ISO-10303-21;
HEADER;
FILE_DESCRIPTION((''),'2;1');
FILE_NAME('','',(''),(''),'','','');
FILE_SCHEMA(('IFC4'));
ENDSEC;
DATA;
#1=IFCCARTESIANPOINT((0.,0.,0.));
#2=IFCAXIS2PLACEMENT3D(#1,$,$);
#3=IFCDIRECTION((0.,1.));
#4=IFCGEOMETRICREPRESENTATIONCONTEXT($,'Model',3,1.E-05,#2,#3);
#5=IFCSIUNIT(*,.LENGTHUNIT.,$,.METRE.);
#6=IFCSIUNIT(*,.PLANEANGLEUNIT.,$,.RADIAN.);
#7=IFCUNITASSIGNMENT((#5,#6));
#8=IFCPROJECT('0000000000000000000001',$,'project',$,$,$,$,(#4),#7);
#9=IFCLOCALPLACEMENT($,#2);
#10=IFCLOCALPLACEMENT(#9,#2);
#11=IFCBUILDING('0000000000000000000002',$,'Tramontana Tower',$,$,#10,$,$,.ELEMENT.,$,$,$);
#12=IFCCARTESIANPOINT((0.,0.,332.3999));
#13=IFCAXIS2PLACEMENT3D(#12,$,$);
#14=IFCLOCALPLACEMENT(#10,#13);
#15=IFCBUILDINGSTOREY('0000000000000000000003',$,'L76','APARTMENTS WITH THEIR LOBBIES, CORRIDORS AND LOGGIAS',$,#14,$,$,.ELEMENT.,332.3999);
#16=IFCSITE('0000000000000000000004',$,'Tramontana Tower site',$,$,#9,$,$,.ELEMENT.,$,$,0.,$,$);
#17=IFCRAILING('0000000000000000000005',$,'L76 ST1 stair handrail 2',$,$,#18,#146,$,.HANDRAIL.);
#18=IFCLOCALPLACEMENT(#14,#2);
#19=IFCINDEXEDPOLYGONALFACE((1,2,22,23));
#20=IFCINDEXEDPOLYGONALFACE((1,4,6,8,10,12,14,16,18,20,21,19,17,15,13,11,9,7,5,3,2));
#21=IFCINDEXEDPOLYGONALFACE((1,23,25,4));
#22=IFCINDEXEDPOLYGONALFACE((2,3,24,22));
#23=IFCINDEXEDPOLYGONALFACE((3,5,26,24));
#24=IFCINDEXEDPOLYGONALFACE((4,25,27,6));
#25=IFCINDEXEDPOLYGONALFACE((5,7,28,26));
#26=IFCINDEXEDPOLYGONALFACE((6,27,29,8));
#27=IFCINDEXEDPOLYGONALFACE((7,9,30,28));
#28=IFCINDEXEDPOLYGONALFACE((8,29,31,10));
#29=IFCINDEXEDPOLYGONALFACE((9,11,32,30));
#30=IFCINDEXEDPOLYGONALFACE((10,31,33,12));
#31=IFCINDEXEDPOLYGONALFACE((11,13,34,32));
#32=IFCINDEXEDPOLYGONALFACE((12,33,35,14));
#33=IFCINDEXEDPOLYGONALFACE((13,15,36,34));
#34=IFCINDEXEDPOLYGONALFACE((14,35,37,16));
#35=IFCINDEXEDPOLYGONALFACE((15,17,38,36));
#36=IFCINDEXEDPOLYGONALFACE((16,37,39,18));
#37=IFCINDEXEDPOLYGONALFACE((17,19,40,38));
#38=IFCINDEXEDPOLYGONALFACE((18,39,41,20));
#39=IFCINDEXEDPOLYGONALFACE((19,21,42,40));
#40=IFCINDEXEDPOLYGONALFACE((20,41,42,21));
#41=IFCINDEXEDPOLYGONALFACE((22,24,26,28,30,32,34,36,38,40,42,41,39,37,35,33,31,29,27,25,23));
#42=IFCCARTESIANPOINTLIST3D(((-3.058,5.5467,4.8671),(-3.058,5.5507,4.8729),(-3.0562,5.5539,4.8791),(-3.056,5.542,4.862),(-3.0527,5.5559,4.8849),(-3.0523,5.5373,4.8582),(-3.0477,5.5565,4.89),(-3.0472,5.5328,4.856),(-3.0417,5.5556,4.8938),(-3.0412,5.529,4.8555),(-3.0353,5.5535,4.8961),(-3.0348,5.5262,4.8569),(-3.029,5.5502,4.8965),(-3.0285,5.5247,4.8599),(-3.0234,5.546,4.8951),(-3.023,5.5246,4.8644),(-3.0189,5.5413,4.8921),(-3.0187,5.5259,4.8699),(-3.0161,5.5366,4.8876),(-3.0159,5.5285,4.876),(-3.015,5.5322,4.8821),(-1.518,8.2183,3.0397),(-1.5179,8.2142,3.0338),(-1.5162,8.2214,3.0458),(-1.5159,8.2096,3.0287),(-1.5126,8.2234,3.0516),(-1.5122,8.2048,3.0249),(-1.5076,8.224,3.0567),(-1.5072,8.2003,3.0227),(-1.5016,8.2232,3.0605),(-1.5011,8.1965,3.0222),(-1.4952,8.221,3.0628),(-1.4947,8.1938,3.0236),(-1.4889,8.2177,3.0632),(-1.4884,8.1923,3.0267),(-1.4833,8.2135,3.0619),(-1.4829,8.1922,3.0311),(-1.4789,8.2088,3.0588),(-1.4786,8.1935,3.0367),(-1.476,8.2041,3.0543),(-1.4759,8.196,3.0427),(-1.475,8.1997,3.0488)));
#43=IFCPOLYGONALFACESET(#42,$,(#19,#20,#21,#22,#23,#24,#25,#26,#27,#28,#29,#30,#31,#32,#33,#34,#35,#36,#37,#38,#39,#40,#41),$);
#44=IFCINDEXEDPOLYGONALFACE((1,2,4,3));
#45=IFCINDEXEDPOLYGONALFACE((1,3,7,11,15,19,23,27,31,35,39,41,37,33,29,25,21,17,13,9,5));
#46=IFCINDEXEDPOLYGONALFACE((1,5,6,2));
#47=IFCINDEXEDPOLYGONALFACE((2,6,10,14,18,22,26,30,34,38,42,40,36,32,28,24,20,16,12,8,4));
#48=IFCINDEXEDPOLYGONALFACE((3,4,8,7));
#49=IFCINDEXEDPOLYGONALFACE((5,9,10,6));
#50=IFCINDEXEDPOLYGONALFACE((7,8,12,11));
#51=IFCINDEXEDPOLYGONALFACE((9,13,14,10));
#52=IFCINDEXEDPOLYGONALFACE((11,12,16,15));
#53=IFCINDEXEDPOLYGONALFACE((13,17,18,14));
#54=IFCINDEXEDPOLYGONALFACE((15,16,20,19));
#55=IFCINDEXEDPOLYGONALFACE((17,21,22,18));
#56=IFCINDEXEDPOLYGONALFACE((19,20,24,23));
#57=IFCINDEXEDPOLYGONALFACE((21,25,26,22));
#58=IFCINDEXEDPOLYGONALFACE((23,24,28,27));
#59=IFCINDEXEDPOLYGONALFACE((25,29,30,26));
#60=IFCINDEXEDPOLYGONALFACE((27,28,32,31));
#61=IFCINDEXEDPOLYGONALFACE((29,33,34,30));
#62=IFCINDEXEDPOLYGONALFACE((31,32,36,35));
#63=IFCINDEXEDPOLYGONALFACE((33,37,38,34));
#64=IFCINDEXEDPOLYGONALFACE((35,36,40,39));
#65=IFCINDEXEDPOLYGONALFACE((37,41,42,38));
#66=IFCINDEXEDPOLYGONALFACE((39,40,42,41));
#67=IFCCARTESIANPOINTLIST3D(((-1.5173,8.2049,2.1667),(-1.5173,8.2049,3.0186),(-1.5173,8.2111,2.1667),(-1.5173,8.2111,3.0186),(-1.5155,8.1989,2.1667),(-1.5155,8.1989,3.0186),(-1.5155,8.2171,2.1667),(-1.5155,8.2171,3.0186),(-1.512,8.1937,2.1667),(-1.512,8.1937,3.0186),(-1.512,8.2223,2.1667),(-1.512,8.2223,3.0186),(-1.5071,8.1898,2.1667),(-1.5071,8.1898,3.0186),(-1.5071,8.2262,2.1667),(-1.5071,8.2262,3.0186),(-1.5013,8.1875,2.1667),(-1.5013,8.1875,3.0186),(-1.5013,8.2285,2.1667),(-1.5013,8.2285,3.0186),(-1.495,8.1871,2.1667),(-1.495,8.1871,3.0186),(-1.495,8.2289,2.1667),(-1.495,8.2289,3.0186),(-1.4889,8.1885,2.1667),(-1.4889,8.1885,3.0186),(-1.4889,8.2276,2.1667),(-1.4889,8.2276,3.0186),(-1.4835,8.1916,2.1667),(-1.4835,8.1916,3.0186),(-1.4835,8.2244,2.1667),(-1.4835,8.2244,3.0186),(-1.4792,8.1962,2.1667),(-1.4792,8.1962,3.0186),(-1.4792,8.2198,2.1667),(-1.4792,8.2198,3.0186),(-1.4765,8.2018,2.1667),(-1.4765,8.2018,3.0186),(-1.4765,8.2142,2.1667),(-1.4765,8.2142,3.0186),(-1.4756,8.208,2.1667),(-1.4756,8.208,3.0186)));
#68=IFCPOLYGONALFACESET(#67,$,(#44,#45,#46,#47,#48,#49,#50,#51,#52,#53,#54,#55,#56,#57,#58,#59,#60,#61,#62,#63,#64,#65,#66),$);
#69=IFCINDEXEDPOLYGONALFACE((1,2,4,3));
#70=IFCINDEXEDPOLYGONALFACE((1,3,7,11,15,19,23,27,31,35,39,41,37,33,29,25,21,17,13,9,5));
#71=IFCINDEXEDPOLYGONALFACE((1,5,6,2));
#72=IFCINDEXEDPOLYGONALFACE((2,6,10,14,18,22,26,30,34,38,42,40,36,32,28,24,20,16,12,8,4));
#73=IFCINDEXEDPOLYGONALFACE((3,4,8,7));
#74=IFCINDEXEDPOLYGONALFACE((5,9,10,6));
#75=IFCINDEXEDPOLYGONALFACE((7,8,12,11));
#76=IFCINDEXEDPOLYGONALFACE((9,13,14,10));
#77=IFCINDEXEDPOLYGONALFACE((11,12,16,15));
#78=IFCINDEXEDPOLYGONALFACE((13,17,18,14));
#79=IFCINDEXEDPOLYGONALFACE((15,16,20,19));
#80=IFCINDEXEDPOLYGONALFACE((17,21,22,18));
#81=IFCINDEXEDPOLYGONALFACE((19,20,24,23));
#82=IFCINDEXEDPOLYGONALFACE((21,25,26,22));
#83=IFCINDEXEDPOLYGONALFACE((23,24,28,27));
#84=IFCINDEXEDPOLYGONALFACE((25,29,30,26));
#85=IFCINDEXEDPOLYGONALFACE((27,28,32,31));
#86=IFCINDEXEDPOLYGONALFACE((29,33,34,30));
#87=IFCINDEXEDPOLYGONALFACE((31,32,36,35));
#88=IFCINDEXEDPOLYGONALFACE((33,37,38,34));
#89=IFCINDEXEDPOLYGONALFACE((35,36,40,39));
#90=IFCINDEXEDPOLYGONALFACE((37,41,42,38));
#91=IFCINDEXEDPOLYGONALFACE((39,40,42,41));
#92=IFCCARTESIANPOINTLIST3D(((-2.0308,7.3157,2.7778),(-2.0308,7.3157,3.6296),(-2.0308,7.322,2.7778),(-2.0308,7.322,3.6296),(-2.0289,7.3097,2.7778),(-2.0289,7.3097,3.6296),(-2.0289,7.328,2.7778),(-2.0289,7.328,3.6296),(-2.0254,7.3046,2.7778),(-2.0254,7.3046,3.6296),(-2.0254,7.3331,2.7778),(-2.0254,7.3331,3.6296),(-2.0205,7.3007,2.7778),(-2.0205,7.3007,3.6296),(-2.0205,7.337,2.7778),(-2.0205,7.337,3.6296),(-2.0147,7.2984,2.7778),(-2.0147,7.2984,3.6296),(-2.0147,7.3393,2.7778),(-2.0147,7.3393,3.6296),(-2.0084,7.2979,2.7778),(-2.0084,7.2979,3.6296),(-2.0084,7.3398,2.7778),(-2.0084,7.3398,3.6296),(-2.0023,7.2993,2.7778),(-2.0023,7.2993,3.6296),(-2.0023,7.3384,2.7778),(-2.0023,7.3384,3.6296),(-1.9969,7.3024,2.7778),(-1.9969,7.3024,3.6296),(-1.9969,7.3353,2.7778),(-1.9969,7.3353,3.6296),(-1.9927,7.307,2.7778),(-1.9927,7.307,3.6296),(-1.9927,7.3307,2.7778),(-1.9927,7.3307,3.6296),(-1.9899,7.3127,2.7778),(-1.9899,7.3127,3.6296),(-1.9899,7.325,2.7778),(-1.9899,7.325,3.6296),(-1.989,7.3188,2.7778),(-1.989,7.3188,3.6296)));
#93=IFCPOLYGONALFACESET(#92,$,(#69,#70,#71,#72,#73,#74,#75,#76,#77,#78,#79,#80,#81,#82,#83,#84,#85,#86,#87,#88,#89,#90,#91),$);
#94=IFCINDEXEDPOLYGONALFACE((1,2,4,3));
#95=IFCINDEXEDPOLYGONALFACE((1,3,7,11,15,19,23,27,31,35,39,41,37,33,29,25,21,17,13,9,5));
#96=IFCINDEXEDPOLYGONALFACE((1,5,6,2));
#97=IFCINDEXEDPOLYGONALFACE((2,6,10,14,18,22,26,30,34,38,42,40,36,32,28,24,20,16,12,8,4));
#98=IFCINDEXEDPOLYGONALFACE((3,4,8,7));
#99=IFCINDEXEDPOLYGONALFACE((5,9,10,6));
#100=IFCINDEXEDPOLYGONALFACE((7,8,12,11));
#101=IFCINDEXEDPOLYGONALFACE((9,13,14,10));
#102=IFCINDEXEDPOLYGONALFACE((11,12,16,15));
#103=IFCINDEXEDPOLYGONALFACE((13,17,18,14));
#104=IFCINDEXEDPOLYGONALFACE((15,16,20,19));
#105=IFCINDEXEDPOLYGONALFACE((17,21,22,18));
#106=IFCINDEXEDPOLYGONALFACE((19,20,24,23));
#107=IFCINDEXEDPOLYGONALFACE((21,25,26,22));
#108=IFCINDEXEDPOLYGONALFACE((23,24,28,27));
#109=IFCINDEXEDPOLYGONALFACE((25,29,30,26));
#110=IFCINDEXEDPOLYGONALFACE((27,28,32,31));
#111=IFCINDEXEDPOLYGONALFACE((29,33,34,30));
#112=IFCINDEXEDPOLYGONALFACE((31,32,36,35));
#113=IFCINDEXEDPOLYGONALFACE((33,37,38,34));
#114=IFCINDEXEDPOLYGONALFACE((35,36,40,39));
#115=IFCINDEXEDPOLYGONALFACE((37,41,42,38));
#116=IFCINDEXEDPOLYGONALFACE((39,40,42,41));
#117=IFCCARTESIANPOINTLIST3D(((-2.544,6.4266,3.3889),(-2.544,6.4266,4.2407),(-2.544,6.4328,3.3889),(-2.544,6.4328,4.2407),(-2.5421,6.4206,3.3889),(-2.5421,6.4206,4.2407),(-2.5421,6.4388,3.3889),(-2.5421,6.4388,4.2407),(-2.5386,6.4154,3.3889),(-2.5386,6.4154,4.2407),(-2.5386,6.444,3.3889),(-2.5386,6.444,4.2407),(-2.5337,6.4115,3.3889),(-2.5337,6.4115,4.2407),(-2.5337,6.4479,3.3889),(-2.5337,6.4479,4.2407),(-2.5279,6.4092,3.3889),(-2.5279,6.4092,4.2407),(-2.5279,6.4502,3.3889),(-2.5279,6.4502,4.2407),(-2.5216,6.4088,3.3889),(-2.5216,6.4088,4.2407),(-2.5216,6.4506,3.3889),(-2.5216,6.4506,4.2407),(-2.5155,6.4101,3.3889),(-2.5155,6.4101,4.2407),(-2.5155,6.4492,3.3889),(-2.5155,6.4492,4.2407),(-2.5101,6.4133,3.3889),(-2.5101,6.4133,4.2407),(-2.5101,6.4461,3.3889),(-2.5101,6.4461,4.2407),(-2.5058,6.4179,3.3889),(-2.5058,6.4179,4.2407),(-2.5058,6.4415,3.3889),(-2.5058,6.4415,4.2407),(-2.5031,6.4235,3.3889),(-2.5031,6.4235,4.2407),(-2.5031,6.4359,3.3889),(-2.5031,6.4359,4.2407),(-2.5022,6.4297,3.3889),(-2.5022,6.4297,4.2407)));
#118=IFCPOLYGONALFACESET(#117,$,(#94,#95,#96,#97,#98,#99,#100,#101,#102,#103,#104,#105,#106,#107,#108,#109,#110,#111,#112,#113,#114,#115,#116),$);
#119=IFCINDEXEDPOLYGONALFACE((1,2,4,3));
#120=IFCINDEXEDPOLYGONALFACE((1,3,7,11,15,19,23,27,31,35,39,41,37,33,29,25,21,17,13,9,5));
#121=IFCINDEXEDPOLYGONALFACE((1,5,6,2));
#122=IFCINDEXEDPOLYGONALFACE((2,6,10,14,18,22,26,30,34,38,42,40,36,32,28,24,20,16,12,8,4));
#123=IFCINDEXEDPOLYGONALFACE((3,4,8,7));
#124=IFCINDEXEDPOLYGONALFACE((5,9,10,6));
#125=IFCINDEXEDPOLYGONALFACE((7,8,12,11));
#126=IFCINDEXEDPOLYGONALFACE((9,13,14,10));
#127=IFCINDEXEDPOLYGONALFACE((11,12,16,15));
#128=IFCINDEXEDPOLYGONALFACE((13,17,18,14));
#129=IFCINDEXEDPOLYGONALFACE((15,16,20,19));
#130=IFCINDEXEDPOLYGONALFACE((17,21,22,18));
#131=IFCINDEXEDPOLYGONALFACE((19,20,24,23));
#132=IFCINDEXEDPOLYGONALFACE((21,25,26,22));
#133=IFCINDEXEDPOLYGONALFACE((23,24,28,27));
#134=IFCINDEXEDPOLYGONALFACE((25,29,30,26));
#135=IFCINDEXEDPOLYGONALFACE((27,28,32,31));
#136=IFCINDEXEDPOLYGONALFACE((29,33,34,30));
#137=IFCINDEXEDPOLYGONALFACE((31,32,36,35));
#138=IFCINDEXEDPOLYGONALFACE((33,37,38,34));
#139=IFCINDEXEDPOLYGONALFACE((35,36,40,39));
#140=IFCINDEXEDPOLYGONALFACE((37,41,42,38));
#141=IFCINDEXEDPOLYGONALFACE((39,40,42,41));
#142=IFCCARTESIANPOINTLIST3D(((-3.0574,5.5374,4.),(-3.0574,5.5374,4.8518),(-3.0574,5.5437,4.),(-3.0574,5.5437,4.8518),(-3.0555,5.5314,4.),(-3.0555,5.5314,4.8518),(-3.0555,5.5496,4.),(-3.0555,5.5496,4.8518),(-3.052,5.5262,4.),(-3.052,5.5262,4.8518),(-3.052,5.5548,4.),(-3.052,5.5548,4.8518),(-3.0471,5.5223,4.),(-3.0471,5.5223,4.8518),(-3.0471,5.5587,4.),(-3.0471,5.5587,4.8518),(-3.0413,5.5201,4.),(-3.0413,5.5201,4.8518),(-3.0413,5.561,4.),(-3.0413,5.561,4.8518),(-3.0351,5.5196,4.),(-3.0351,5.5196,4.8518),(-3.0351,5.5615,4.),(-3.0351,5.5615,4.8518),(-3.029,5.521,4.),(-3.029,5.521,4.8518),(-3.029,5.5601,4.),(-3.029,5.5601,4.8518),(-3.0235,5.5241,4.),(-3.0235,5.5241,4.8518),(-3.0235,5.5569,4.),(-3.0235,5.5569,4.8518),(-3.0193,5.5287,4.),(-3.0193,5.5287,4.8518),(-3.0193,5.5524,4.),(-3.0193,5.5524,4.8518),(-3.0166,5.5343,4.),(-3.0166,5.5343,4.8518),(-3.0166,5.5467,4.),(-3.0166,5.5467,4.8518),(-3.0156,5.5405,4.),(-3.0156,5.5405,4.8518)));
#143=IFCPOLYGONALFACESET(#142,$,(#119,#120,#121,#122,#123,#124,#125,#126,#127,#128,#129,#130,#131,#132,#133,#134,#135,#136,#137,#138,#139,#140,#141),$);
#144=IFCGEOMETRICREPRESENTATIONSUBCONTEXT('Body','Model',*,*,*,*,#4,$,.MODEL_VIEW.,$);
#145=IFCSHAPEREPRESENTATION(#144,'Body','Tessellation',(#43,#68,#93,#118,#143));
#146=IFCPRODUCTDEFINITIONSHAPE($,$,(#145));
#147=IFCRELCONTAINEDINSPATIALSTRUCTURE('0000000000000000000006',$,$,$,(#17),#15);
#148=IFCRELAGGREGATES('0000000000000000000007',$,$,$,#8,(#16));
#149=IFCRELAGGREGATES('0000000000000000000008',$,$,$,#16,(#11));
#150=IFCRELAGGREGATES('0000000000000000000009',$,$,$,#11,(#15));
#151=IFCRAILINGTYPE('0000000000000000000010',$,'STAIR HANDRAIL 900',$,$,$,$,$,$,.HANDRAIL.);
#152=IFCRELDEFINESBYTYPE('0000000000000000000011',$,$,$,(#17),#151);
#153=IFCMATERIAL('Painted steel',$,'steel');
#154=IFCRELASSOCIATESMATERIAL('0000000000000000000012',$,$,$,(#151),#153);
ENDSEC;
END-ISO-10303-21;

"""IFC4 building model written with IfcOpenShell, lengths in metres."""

from ifc_helpers import new_model, si_unit, direction, frame, origin, origin_2d, place, context, subcontext, project, spatial, circle, extrude, material, type_object, element, save


model = new_model("IFC4")

# Units and contexts
model_context = context("Model", 3, precision=1e-05, world=origin(), true_north=direction((0.0, 1.0)))
body_context = subcontext(model_context, "Body", "Model", "MODEL_VIEW")
ifc_project = project(units=[si_unit("LENGTHUNIT", "METRE"), si_unit("PLANEANGLEUNIT", "RADIAN")], contexts=[model_context])

# Site, building, storey
site_placement = place(None, origin())
site = spatial("IfcSite", under=ifc_project, at=site_placement, Name="Tramontana Tower site", CompositionType="ELEMENT", RefElevation=0.0)
building_placement = place(site_placement, origin())
building = spatial("IfcBuilding", under=site, at=building_placement, Name="Tramontana Tower", CompositionType="ELEMENT")
storey_placement = place(building_placement, frame((0.0, 0.0, 332.3999)))
storey = spatial("IfcBuildingStorey", under=building, at=storey_placement, Name="L76", Description="APARTMENTS WITH THEIR LOBBIES, CORRIDORS AND LOGGIAS", CompositionType="ELEMENT", Elevation=332.3999)

# Railing
ifc_material_1 = material(Name="Painted steel", Category="steel")
railing_type_1 = type_object("IfcRailingType", Name="STAIR HANDRAIL 900", PredefinedType="HANDRAIL", material=ifc_material_1)
railing_1_placement = place(storey_placement, frame((-1.4966, 8.208, 2.1667)))
element("IfcRailing", 1, at=railing_1_placement, inside=storey, type_object=railing_type_1, Name="L76 ST1 stair handrail 2", PredefinedType="HANDRAIL", context=body_context, shape_type="SweptSolid", body=[
    extrude(circle(Radius=0.0239, at=origin_2d()), frame((0.0, 0.0, 0.876), z_axis=(-0.429649, -0.74419, 0.511452), x_axis=(0.86603, -0.499992, 0.0)), (0.0, 0.0, 1.0), 3.5845),
    extrude(circle(Radius=0.021, at=origin_2d()), origin(), (0.0, 0.0, 1.0), 0.8518),
    extrude(circle(Radius=0.021, at=origin_2d()), frame((-0.5134, -0.8892, 0.6111)), (0.0, 0.0, 1.0), 0.8518),
    extrude(circle(Radius=0.021, at=origin_2d()), frame((-1.0266, -1.7783, 1.2222)), (0.0, 0.0, 1.0), 0.8518),
    extrude(circle(Radius=0.021, at=origin_2d()), frame((-1.54, -2.6675, 1.8333)), (0.0, 0.0, 1.0), 0.8518),
])

save(model, "model.ifc")
